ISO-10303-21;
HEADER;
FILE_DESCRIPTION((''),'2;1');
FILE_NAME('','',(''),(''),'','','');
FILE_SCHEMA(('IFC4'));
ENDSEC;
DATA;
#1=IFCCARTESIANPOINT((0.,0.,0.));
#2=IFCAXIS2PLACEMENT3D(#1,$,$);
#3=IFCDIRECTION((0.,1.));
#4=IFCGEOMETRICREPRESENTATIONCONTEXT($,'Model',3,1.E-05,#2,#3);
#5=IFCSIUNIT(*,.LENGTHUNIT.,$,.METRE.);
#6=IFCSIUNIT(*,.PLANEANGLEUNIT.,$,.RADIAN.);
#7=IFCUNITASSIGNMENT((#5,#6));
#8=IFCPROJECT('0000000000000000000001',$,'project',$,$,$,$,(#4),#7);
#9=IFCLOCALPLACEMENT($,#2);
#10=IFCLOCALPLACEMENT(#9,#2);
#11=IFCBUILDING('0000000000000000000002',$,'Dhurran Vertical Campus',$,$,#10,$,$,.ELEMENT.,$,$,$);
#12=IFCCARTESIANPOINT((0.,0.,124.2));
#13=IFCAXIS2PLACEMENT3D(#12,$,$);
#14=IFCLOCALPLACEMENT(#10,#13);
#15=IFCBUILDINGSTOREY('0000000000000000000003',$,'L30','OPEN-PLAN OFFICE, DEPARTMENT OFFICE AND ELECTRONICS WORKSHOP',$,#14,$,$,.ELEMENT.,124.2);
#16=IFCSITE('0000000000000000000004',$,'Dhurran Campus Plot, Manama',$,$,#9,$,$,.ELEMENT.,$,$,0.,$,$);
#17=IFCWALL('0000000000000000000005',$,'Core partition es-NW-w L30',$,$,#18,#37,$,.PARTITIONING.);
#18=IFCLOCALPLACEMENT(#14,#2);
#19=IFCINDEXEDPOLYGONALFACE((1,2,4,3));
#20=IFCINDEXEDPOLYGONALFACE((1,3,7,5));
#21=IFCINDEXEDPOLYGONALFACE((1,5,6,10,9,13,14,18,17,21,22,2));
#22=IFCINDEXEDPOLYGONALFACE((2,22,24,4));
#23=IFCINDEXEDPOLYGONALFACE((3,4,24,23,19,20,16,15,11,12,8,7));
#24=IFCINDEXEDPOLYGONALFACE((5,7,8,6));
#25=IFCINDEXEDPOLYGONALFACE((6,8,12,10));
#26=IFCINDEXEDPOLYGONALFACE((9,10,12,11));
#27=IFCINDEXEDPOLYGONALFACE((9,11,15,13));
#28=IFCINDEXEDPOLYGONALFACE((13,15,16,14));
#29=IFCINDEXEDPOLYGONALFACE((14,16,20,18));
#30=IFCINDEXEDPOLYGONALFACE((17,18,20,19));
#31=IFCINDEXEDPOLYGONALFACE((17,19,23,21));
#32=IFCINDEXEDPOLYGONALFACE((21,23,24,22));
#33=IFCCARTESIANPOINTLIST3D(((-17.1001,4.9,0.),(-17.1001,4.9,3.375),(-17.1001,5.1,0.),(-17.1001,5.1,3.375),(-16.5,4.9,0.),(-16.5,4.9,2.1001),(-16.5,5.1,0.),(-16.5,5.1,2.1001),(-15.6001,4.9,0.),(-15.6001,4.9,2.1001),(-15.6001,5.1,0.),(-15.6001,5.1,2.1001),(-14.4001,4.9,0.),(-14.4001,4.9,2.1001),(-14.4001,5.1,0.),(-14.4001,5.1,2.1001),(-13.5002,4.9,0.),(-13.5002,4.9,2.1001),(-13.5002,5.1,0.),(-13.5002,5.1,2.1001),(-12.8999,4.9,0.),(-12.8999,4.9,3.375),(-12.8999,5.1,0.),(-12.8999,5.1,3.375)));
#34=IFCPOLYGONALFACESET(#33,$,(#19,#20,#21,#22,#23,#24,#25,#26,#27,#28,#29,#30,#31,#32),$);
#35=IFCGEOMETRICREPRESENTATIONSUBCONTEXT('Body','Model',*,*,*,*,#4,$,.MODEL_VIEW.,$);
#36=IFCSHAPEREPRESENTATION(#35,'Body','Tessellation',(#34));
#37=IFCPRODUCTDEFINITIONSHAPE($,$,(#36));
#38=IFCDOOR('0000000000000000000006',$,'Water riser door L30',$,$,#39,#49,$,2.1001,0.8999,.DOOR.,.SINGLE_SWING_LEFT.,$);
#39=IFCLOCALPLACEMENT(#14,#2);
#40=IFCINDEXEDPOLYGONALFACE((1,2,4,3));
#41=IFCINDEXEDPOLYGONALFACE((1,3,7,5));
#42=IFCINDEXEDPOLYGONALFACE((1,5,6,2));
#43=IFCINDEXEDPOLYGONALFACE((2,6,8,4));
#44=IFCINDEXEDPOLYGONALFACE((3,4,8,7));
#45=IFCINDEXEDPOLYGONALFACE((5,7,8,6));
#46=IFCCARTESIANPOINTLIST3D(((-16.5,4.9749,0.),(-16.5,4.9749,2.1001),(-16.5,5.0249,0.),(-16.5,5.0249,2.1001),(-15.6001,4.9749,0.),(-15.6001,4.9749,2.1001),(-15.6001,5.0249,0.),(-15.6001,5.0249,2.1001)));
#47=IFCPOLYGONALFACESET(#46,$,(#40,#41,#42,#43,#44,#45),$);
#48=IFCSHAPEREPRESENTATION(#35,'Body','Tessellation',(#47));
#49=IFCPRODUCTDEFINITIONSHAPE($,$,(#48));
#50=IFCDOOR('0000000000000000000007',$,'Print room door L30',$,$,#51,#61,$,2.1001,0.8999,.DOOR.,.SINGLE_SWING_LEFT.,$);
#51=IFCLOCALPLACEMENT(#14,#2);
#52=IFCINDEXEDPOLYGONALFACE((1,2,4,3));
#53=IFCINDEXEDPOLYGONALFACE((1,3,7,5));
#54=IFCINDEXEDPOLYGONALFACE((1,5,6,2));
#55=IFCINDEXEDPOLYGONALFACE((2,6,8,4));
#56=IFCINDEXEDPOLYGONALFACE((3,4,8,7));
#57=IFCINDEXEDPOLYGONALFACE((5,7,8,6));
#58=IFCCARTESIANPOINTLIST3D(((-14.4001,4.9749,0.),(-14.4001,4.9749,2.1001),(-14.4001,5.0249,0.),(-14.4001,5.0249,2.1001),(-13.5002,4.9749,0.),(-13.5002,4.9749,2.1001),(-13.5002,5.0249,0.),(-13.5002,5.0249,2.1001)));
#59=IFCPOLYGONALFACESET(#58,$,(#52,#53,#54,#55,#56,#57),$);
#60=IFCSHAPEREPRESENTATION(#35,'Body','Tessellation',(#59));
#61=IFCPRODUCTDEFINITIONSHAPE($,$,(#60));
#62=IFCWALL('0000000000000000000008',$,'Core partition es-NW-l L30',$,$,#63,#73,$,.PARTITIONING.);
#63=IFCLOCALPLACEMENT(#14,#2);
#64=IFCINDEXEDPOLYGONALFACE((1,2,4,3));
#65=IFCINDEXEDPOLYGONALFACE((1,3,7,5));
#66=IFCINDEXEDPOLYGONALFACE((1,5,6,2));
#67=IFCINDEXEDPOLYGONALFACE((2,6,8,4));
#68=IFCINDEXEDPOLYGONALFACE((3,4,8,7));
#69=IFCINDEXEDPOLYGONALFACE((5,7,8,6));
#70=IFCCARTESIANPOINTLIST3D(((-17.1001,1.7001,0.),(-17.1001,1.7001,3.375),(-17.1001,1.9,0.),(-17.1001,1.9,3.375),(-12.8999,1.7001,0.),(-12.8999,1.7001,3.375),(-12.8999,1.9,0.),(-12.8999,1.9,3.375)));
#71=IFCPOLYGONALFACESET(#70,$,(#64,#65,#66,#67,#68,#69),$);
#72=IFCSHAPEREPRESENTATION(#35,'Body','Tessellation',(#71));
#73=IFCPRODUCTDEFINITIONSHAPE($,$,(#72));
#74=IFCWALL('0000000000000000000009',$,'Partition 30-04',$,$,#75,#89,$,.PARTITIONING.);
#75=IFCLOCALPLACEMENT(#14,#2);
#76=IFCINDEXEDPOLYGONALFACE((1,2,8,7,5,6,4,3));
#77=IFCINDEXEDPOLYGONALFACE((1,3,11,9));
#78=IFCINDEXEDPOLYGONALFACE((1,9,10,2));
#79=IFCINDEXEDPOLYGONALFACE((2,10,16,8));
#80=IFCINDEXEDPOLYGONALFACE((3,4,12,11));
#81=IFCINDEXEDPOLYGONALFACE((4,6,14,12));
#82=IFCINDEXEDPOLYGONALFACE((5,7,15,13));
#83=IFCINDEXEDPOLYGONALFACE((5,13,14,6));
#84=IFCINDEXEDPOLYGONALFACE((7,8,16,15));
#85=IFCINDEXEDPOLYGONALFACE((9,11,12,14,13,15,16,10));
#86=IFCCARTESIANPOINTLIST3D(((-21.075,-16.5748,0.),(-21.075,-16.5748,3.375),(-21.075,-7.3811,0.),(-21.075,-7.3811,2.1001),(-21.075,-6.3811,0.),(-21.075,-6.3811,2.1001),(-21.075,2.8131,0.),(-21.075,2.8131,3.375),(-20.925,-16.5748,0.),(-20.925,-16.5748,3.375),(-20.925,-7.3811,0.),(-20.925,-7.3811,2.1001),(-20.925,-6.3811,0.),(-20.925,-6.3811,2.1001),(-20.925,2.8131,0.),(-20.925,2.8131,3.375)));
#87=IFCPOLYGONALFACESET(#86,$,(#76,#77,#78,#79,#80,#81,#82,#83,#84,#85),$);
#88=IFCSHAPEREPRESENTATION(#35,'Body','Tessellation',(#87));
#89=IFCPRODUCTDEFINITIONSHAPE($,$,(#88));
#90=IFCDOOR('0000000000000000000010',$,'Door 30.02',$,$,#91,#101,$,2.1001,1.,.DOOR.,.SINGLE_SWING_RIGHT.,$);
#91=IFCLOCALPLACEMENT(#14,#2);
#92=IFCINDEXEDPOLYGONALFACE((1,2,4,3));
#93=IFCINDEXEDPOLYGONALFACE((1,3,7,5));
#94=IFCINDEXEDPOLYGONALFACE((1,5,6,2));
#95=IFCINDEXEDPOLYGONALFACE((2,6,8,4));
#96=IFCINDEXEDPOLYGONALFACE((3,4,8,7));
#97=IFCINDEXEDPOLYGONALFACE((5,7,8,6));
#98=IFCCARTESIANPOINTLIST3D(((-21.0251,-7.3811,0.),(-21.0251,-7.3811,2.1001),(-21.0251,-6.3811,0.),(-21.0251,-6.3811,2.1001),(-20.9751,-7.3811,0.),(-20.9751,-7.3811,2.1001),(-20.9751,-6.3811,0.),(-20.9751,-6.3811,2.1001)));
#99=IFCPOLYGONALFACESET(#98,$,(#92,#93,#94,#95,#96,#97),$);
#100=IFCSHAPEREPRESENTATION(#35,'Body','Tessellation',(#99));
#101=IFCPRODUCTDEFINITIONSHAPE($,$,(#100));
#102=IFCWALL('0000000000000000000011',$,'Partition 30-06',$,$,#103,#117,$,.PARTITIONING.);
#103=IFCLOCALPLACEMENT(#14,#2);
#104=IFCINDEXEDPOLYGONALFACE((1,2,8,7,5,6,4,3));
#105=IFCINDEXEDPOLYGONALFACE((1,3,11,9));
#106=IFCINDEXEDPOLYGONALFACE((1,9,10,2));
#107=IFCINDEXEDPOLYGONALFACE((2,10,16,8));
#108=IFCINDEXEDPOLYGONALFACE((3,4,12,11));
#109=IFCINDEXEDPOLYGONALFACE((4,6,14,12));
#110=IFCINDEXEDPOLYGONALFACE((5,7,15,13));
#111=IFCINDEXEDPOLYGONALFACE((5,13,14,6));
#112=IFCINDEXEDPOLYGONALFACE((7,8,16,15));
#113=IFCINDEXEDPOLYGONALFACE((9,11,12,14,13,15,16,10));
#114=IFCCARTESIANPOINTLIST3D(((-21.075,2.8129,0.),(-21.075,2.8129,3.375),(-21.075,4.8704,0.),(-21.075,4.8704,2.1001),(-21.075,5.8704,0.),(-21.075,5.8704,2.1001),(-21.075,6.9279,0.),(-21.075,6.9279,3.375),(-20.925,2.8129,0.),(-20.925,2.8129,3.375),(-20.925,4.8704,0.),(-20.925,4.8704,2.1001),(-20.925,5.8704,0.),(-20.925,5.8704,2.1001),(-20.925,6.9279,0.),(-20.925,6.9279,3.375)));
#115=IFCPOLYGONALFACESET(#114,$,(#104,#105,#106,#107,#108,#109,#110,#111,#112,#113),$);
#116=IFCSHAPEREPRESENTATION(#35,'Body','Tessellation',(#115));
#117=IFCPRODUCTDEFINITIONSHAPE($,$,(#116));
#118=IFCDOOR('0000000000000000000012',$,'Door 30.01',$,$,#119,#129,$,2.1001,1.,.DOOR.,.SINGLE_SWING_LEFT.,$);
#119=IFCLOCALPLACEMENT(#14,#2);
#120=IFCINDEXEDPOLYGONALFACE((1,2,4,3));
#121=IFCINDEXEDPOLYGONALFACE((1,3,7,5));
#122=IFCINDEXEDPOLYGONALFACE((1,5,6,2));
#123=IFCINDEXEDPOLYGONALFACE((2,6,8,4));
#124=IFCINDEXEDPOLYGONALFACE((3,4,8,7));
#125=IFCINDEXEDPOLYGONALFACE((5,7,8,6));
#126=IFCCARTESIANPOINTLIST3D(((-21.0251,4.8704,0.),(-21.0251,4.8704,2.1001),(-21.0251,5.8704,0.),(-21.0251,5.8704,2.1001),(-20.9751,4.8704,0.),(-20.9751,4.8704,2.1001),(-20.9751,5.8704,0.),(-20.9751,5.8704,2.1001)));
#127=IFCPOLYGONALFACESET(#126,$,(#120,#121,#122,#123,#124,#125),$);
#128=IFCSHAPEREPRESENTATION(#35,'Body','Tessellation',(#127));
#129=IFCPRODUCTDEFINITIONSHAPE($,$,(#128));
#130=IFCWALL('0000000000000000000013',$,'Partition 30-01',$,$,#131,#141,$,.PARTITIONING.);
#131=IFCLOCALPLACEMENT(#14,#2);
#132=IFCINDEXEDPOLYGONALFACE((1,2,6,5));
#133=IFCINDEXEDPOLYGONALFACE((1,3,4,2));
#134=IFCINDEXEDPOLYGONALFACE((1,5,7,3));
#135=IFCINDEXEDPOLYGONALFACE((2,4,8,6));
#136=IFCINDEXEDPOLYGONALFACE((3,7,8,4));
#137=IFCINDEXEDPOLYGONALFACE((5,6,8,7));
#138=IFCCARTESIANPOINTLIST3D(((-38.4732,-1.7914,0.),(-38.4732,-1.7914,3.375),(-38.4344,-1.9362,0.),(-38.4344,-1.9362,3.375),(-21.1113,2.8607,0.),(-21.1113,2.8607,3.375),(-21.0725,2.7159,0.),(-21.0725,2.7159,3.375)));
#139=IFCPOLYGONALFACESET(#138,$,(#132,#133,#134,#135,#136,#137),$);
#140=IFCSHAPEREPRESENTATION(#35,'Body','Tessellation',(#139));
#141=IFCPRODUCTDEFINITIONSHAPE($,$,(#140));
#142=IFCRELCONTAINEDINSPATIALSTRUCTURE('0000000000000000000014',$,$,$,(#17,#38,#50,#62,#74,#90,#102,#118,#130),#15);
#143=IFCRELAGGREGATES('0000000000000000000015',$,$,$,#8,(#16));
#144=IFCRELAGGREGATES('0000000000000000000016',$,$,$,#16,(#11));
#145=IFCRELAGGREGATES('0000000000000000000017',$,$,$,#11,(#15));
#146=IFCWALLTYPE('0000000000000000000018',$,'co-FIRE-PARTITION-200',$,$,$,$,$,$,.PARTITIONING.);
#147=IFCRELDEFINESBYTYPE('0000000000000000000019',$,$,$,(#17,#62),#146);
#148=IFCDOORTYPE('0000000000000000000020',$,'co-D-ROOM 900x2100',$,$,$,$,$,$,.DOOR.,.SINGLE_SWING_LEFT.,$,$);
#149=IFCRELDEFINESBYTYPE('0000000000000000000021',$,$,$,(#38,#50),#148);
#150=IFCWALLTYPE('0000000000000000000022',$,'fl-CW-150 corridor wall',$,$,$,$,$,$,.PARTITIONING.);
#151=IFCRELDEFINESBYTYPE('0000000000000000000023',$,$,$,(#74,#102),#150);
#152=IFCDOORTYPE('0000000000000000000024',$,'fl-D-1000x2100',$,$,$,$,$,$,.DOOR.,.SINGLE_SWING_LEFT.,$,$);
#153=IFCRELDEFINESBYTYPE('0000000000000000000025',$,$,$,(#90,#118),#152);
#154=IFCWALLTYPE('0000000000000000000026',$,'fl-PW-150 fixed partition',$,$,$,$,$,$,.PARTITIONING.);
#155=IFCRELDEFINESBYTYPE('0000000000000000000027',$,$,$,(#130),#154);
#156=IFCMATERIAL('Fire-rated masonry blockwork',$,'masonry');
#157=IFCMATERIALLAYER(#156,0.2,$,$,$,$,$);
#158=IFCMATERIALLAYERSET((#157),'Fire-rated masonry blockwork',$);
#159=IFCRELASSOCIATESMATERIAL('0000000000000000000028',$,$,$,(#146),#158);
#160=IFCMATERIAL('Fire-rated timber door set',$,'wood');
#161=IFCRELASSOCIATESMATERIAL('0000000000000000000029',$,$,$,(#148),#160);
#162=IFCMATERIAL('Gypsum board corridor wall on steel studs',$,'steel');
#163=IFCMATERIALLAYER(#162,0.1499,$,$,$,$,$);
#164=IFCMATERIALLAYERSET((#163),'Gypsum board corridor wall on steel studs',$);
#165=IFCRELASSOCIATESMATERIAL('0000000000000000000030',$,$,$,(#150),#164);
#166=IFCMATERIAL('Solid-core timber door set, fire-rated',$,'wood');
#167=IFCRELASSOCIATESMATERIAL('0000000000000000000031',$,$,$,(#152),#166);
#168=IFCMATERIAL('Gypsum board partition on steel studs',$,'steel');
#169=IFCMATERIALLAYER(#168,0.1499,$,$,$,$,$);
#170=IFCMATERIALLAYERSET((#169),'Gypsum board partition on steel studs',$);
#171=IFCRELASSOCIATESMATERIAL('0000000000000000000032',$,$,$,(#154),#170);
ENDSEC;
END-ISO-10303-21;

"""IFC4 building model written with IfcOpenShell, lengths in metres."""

from ifc_helpers import new_model, si_unit, direction, frame, frame_2d, origin, place, context, subcontext, project, spatial, rectangle, extrude, material, layer, layer_set, type_object, element, fill, save


model = new_model("IFC4")

# Units and contexts
model_context = context("Model", 3, precision=1e-05, world=origin(), true_north=direction((0.0, 1.0)))
body_context = subcontext(model_context, "Body", "Model", "MODEL_VIEW")
ifc_project = project(units=[si_unit("LENGTHUNIT", "METRE"), si_unit("PLANEANGLEUNIT", "RADIAN")], contexts=[model_context])

# Site, building, storey
site_placement = place(None, origin())
site = spatial("IfcSite", under=ifc_project, at=site_placement, Name="Dhurran Campus Plot, Manama", CompositionType="ELEMENT", RefElevation=0.0)
building_placement = place(site_placement, origin())
building = spatial("IfcBuilding", under=site, at=building_placement, Name="Dhurran Vertical Campus", CompositionType="ELEMENT")
storey_placement = place(building_placement, frame((0.0, 0.0, 124.2)))
storey = spatial("IfcBuildingStorey", under=building, at=storey_placement, Name="L30", Description="OPEN-PLAN OFFICE, DEPARTMENT OFFICE AND ELECTRONICS WORKSHOP", CompositionType="ELEMENT", Elevation=124.2)

# Shared definitions
ifc_material_1 = material(Name="Fire-rated masonry blockwork", Category="masonry")
ifc_layer_1 = layer(ifc_material_1, 0.2)
ifc_layer_set_1 = layer_set([ifc_layer_1], Name="Fire-rated masonry blockwork")
wall_type_1 = type_object("IfcWallType", Name="co-FIRE-PARTITION-200", PredefinedType="PARTITIONING", material=ifc_layer_set_1)

# Shared definitions
ifc_material_2 = material(Name="Fire-rated timber door set", Category="wood")
door_type_1 = type_object("IfcDoorType", Name="co-D-ROOM 900x2100", OperationType="SINGLE_SWING_LEFT", PredefinedType="DOOR", material=ifc_material_2)

# Wall, openings, doors
wall_1_placement = place(storey_placement, frame((-17.1001, 5.0, 0.0), z_axis=(0.0, 0.0, 1.0), x_axis=(1.0, 0.0, 0.0)))
wall_1 = element("IfcWall", 1, at=wall_1_placement, inside=storey, type_object=wall_type_1, Name="Core partition es-NW-w L30", PredefinedType="PARTITIONING", context=body_context, shape_type="SweptSolid", body=[
    extrude(rectangle(XDim=4.2002, YDim=0.2, at=frame_2d((2.1001, 0.0))), origin(), (0.0, 0.0, 1.0), 3.375),
])
opening_1_placement = place(wall_1_placement, frame((0.6001, 0.0, 0.0)))
opening_1 = element("IfcOpeningElement", 2, at=opening_1_placement, cuts=wall_1, PredefinedType="OPENING", context=body_context, shape_type="SweptSolid", body=[
    extrude(rectangle(XDim=0.8999, YDim=2.1001, at=frame_2d((0.45, 1.05))), frame((0.0, 0.1099, 0.0), z_axis=(0.0, -1.0, 0.0), x_axis=(1.0, 0.0, 0.0)), (0.0, 0.0, 1.0), 0.22),
])
opening_2_placement = place(wall_1_placement, frame((2.7, 0.0, 0.0)))
opening_2 = element("IfcOpeningElement", 3, at=opening_2_placement, cuts=wall_1, PredefinedType="OPENING", context=body_context, shape_type="SweptSolid", body=[
    extrude(rectangle(XDim=0.8999, YDim=2.1001, at=frame_2d((0.45, 1.05))), frame((0.0, 0.1099, 0.0), z_axis=(0.0, -1.0, 0.0), x_axis=(1.0, 0.0, 0.0)), (0.0, 0.0, 1.0), 0.22),
])
door_1_placement = place(opening_1_placement, origin())
door_1 = element("IfcDoor", 4, at=door_1_placement, inside=storey, type_object=door_type_1, Name="Water riser door L30", OperationType="SINGLE_SWING_LEFT", OverallHeight=2.1001, OverallWidth=0.8999, PredefinedType="DOOR", context=body_context, shape_type="SweptSolid", body=[
    extrude(rectangle(XDim=0.8999, YDim=2.1001, at=frame_2d((0.45, 1.05))), frame((0.0, 0.0249, 0.0), z_axis=(0.0, -1.0, 0.0), x_axis=(1.0, 0.0, 0.0)), (0.0, 0.0, 1.0), 0.05),
])
fill(opening_1, door_1)
door_2_placement = place(opening_2_placement, origin())
door_2 = element("IfcDoor", 5, at=door_2_placement, inside=storey, type_object=door_type_1, Name="Print room door L30", OperationType="SINGLE_SWING_LEFT", OverallHeight=2.1001, OverallWidth=0.8999, PredefinedType="DOOR", context=body_context, shape_type="SweptSolid", body=[
    extrude(rectangle(XDim=0.8999, YDim=2.1001, at=frame_2d((0.45, 1.05))), frame((0.0, 0.0249, 0.0), z_axis=(0.0, -1.0, 0.0), x_axis=(1.0, 0.0, 0.0)), (0.0, 0.0, 1.0), 0.05),
])
fill(opening_2, door_2)

# Wall
wall_2_placement = place(storey_placement, frame((-17.1001, 1.8, 0.0), z_axis=(0.0, 0.0, 1.0), x_axis=(1.0, 0.0, 0.0)))
element("IfcWall", 6, at=wall_2_placement, inside=storey, type_object=wall_type_1, Name="Core partition es-NW-l L30", PredefinedType="PARTITIONING", context=body_context, shape_type="SweptSolid", body=[
    extrude(rectangle(XDim=4.2002, YDim=0.2, at=frame_2d((2.1001, 0.0))), origin(), (0.0, 0.0, 1.0), 3.375),
])

# Walls, openings, doors
ifc_material_3 = material(Name="Gypsum board corridor wall on steel studs", Category="steel")
ifc_layer_2 = layer(ifc_material_3, 0.1499)
ifc_layer_set_2 = layer_set([ifc_layer_2], Name="Gypsum board corridor wall on steel studs")
wall_type_2 = type_object("IfcWallType", Name="fl-CW-150 corridor wall", PredefinedType="PARTITIONING", material=ifc_layer_set_2)
wall_3_placement = place(storey_placement, frame((-21.0, 2.813, 0.0), z_axis=(0.0, 0.0, 1.0), x_axis=(0.0, -1.0, 0.0)))
wall_3 = element("IfcWall", 7, at=wall_3_placement, inside=storey, type_object=wall_type_2, Name="Partition 30-04", PredefinedType="PARTITIONING", context=body_context, shape_type="SweptSolid", body=[
    extrude(rectangle(XDim=19.3879, YDim=0.1499, at=frame_2d((9.6938, 0.0))), origin(), (0.0, 0.0, 1.0), 3.375),
])
opening_3_placement = place(wall_3_placement, frame((9.1941, 0.0, 0.0)))
opening_3 = element("IfcOpeningElement", 8, at=opening_3_placement, cuts=wall_3, PredefinedType="OPENING", context=body_context, shape_type="SweptSolid", body=[
    extrude(rectangle(XDim=1.0, YDim=2.1001, at=frame_2d((0.5, 1.05))), frame((0.0, 0.085, 0.0), z_axis=(0.0, -1.0, 0.0), x_axis=(1.0, 0.0, 0.0)), (0.0, 0.0, 1.0), 0.1699),
])
ifc_material_4 = material(Name="Solid-core timber door set, fire-rated", Category="wood")
door_type_2 = type_object("IfcDoorType", Name="fl-D-1000x2100", OperationType="SINGLE_SWING_LEFT", PredefinedType="DOOR", material=ifc_material_4)
door_3_placement = place(opening_3_placement, origin())
door_3 = element("IfcDoor", 9, at=door_3_placement, inside=storey, type_object=door_type_2, Name="Door 30.02", OperationType="SINGLE_SWING_RIGHT", OverallHeight=2.1001, OverallWidth=1.0, PredefinedType="DOOR", context=body_context, shape_type="SweptSolid", body=[
    extrude(rectangle(XDim=1.0, YDim=2.1001, at=frame_2d((0.5, 1.05))), frame((0.0, 0.0249, 0.0), z_axis=(0.0, -1.0, 0.0), x_axis=(1.0, 0.0, 0.0)), (0.0, 0.0, 1.0), 0.05),
])
fill(opening_3, door_3)
wall_4_placement = place(storey_placement, frame((-21.0, 6.928, 0.0), z_axis=(0.0, 0.0, 1.0), x_axis=(0.0, -1.0, 0.0)))
wall_4 = element("IfcWall", 10, at=wall_4_placement, inside=storey, type_object=wall_type_2, Name="Partition 30-06", PredefinedType="PARTITIONING", context=body_context, shape_type="SweptSolid", body=[
    extrude(rectangle(XDim=4.115, YDim=0.1499, at=frame_2d((2.0576, 0.0))), origin(), (0.0, 0.0, 1.0), 3.375),
])
opening_4_placement = place(wall_4_placement, frame((1.0576, 0.0, 0.0)))
opening_4 = element("IfcOpeningElement", 11, at=opening_4_placement, cuts=wall_4, PredefinedType="OPENING", context=body_context, shape_type="SweptSolid", body=[
    extrude(rectangle(XDim=1.0, YDim=2.1001, at=frame_2d((0.5, 1.05))), frame((0.0, 0.085, 0.0), z_axis=(0.0, -1.0, 0.0), x_axis=(1.0, 0.0, 0.0)), (0.0, 0.0, 1.0), 0.1699),
])
door_4_placement = place(opening_4_placement, origin())
door_4 = element("IfcDoor", 12, at=door_4_placement, inside=storey, type_object=door_type_2, Name="Door 30.01", OperationType="SINGLE_SWING_LEFT", OverallHeight=2.1001, OverallWidth=1.0, PredefinedType="DOOR", context=body_context, shape_type="SweptSolid", body=[
    extrude(rectangle(XDim=1.0, YDim=2.1001, at=frame_2d((0.5, 1.05))), frame((0.0, 0.0249, 0.0), z_axis=(0.0, -1.0, 0.0), x_axis=(1.0, 0.0, 0.0)), (0.0, 0.0, 1.0), 0.05),
])
fill(opening_4, door_4)

# Wall
ifc_material_5 = material(Name="Gypsum board partition on steel studs", Category="steel")
ifc_layer_3 = layer(ifc_material_5, 0.1499)
ifc_layer_set_3 = layer_set([ifc_layer_3], Name="Gypsum board partition on steel studs")
wall_type_3 = type_object("IfcWallType", Name="fl-PW-150 fixed partition", PredefinedType="PARTITIONING", material=ifc_layer_set_3)
wall_5_placement = place(storey_placement, frame((-21.0918, 2.7883, 0.0), z_axis=(0.0, 0.0, 1.0), x_axis=(-0.965926, -0.25882, 0.0)))
element("IfcWall", 13, at=wall_5_placement, inside=storey, type_object=wall_type_3, Name="Partition 30-01", PredefinedType="PARTITIONING", context=body_context, shape_type="SweptSolid", body=[
    extrude(rectangle(XDim=17.9744, YDim=0.1499, at=frame_2d((8.9873, 0.0))), origin(), (0.0, 0.0, 1.0), 3.375),
])

save(model, "model.ifc")
